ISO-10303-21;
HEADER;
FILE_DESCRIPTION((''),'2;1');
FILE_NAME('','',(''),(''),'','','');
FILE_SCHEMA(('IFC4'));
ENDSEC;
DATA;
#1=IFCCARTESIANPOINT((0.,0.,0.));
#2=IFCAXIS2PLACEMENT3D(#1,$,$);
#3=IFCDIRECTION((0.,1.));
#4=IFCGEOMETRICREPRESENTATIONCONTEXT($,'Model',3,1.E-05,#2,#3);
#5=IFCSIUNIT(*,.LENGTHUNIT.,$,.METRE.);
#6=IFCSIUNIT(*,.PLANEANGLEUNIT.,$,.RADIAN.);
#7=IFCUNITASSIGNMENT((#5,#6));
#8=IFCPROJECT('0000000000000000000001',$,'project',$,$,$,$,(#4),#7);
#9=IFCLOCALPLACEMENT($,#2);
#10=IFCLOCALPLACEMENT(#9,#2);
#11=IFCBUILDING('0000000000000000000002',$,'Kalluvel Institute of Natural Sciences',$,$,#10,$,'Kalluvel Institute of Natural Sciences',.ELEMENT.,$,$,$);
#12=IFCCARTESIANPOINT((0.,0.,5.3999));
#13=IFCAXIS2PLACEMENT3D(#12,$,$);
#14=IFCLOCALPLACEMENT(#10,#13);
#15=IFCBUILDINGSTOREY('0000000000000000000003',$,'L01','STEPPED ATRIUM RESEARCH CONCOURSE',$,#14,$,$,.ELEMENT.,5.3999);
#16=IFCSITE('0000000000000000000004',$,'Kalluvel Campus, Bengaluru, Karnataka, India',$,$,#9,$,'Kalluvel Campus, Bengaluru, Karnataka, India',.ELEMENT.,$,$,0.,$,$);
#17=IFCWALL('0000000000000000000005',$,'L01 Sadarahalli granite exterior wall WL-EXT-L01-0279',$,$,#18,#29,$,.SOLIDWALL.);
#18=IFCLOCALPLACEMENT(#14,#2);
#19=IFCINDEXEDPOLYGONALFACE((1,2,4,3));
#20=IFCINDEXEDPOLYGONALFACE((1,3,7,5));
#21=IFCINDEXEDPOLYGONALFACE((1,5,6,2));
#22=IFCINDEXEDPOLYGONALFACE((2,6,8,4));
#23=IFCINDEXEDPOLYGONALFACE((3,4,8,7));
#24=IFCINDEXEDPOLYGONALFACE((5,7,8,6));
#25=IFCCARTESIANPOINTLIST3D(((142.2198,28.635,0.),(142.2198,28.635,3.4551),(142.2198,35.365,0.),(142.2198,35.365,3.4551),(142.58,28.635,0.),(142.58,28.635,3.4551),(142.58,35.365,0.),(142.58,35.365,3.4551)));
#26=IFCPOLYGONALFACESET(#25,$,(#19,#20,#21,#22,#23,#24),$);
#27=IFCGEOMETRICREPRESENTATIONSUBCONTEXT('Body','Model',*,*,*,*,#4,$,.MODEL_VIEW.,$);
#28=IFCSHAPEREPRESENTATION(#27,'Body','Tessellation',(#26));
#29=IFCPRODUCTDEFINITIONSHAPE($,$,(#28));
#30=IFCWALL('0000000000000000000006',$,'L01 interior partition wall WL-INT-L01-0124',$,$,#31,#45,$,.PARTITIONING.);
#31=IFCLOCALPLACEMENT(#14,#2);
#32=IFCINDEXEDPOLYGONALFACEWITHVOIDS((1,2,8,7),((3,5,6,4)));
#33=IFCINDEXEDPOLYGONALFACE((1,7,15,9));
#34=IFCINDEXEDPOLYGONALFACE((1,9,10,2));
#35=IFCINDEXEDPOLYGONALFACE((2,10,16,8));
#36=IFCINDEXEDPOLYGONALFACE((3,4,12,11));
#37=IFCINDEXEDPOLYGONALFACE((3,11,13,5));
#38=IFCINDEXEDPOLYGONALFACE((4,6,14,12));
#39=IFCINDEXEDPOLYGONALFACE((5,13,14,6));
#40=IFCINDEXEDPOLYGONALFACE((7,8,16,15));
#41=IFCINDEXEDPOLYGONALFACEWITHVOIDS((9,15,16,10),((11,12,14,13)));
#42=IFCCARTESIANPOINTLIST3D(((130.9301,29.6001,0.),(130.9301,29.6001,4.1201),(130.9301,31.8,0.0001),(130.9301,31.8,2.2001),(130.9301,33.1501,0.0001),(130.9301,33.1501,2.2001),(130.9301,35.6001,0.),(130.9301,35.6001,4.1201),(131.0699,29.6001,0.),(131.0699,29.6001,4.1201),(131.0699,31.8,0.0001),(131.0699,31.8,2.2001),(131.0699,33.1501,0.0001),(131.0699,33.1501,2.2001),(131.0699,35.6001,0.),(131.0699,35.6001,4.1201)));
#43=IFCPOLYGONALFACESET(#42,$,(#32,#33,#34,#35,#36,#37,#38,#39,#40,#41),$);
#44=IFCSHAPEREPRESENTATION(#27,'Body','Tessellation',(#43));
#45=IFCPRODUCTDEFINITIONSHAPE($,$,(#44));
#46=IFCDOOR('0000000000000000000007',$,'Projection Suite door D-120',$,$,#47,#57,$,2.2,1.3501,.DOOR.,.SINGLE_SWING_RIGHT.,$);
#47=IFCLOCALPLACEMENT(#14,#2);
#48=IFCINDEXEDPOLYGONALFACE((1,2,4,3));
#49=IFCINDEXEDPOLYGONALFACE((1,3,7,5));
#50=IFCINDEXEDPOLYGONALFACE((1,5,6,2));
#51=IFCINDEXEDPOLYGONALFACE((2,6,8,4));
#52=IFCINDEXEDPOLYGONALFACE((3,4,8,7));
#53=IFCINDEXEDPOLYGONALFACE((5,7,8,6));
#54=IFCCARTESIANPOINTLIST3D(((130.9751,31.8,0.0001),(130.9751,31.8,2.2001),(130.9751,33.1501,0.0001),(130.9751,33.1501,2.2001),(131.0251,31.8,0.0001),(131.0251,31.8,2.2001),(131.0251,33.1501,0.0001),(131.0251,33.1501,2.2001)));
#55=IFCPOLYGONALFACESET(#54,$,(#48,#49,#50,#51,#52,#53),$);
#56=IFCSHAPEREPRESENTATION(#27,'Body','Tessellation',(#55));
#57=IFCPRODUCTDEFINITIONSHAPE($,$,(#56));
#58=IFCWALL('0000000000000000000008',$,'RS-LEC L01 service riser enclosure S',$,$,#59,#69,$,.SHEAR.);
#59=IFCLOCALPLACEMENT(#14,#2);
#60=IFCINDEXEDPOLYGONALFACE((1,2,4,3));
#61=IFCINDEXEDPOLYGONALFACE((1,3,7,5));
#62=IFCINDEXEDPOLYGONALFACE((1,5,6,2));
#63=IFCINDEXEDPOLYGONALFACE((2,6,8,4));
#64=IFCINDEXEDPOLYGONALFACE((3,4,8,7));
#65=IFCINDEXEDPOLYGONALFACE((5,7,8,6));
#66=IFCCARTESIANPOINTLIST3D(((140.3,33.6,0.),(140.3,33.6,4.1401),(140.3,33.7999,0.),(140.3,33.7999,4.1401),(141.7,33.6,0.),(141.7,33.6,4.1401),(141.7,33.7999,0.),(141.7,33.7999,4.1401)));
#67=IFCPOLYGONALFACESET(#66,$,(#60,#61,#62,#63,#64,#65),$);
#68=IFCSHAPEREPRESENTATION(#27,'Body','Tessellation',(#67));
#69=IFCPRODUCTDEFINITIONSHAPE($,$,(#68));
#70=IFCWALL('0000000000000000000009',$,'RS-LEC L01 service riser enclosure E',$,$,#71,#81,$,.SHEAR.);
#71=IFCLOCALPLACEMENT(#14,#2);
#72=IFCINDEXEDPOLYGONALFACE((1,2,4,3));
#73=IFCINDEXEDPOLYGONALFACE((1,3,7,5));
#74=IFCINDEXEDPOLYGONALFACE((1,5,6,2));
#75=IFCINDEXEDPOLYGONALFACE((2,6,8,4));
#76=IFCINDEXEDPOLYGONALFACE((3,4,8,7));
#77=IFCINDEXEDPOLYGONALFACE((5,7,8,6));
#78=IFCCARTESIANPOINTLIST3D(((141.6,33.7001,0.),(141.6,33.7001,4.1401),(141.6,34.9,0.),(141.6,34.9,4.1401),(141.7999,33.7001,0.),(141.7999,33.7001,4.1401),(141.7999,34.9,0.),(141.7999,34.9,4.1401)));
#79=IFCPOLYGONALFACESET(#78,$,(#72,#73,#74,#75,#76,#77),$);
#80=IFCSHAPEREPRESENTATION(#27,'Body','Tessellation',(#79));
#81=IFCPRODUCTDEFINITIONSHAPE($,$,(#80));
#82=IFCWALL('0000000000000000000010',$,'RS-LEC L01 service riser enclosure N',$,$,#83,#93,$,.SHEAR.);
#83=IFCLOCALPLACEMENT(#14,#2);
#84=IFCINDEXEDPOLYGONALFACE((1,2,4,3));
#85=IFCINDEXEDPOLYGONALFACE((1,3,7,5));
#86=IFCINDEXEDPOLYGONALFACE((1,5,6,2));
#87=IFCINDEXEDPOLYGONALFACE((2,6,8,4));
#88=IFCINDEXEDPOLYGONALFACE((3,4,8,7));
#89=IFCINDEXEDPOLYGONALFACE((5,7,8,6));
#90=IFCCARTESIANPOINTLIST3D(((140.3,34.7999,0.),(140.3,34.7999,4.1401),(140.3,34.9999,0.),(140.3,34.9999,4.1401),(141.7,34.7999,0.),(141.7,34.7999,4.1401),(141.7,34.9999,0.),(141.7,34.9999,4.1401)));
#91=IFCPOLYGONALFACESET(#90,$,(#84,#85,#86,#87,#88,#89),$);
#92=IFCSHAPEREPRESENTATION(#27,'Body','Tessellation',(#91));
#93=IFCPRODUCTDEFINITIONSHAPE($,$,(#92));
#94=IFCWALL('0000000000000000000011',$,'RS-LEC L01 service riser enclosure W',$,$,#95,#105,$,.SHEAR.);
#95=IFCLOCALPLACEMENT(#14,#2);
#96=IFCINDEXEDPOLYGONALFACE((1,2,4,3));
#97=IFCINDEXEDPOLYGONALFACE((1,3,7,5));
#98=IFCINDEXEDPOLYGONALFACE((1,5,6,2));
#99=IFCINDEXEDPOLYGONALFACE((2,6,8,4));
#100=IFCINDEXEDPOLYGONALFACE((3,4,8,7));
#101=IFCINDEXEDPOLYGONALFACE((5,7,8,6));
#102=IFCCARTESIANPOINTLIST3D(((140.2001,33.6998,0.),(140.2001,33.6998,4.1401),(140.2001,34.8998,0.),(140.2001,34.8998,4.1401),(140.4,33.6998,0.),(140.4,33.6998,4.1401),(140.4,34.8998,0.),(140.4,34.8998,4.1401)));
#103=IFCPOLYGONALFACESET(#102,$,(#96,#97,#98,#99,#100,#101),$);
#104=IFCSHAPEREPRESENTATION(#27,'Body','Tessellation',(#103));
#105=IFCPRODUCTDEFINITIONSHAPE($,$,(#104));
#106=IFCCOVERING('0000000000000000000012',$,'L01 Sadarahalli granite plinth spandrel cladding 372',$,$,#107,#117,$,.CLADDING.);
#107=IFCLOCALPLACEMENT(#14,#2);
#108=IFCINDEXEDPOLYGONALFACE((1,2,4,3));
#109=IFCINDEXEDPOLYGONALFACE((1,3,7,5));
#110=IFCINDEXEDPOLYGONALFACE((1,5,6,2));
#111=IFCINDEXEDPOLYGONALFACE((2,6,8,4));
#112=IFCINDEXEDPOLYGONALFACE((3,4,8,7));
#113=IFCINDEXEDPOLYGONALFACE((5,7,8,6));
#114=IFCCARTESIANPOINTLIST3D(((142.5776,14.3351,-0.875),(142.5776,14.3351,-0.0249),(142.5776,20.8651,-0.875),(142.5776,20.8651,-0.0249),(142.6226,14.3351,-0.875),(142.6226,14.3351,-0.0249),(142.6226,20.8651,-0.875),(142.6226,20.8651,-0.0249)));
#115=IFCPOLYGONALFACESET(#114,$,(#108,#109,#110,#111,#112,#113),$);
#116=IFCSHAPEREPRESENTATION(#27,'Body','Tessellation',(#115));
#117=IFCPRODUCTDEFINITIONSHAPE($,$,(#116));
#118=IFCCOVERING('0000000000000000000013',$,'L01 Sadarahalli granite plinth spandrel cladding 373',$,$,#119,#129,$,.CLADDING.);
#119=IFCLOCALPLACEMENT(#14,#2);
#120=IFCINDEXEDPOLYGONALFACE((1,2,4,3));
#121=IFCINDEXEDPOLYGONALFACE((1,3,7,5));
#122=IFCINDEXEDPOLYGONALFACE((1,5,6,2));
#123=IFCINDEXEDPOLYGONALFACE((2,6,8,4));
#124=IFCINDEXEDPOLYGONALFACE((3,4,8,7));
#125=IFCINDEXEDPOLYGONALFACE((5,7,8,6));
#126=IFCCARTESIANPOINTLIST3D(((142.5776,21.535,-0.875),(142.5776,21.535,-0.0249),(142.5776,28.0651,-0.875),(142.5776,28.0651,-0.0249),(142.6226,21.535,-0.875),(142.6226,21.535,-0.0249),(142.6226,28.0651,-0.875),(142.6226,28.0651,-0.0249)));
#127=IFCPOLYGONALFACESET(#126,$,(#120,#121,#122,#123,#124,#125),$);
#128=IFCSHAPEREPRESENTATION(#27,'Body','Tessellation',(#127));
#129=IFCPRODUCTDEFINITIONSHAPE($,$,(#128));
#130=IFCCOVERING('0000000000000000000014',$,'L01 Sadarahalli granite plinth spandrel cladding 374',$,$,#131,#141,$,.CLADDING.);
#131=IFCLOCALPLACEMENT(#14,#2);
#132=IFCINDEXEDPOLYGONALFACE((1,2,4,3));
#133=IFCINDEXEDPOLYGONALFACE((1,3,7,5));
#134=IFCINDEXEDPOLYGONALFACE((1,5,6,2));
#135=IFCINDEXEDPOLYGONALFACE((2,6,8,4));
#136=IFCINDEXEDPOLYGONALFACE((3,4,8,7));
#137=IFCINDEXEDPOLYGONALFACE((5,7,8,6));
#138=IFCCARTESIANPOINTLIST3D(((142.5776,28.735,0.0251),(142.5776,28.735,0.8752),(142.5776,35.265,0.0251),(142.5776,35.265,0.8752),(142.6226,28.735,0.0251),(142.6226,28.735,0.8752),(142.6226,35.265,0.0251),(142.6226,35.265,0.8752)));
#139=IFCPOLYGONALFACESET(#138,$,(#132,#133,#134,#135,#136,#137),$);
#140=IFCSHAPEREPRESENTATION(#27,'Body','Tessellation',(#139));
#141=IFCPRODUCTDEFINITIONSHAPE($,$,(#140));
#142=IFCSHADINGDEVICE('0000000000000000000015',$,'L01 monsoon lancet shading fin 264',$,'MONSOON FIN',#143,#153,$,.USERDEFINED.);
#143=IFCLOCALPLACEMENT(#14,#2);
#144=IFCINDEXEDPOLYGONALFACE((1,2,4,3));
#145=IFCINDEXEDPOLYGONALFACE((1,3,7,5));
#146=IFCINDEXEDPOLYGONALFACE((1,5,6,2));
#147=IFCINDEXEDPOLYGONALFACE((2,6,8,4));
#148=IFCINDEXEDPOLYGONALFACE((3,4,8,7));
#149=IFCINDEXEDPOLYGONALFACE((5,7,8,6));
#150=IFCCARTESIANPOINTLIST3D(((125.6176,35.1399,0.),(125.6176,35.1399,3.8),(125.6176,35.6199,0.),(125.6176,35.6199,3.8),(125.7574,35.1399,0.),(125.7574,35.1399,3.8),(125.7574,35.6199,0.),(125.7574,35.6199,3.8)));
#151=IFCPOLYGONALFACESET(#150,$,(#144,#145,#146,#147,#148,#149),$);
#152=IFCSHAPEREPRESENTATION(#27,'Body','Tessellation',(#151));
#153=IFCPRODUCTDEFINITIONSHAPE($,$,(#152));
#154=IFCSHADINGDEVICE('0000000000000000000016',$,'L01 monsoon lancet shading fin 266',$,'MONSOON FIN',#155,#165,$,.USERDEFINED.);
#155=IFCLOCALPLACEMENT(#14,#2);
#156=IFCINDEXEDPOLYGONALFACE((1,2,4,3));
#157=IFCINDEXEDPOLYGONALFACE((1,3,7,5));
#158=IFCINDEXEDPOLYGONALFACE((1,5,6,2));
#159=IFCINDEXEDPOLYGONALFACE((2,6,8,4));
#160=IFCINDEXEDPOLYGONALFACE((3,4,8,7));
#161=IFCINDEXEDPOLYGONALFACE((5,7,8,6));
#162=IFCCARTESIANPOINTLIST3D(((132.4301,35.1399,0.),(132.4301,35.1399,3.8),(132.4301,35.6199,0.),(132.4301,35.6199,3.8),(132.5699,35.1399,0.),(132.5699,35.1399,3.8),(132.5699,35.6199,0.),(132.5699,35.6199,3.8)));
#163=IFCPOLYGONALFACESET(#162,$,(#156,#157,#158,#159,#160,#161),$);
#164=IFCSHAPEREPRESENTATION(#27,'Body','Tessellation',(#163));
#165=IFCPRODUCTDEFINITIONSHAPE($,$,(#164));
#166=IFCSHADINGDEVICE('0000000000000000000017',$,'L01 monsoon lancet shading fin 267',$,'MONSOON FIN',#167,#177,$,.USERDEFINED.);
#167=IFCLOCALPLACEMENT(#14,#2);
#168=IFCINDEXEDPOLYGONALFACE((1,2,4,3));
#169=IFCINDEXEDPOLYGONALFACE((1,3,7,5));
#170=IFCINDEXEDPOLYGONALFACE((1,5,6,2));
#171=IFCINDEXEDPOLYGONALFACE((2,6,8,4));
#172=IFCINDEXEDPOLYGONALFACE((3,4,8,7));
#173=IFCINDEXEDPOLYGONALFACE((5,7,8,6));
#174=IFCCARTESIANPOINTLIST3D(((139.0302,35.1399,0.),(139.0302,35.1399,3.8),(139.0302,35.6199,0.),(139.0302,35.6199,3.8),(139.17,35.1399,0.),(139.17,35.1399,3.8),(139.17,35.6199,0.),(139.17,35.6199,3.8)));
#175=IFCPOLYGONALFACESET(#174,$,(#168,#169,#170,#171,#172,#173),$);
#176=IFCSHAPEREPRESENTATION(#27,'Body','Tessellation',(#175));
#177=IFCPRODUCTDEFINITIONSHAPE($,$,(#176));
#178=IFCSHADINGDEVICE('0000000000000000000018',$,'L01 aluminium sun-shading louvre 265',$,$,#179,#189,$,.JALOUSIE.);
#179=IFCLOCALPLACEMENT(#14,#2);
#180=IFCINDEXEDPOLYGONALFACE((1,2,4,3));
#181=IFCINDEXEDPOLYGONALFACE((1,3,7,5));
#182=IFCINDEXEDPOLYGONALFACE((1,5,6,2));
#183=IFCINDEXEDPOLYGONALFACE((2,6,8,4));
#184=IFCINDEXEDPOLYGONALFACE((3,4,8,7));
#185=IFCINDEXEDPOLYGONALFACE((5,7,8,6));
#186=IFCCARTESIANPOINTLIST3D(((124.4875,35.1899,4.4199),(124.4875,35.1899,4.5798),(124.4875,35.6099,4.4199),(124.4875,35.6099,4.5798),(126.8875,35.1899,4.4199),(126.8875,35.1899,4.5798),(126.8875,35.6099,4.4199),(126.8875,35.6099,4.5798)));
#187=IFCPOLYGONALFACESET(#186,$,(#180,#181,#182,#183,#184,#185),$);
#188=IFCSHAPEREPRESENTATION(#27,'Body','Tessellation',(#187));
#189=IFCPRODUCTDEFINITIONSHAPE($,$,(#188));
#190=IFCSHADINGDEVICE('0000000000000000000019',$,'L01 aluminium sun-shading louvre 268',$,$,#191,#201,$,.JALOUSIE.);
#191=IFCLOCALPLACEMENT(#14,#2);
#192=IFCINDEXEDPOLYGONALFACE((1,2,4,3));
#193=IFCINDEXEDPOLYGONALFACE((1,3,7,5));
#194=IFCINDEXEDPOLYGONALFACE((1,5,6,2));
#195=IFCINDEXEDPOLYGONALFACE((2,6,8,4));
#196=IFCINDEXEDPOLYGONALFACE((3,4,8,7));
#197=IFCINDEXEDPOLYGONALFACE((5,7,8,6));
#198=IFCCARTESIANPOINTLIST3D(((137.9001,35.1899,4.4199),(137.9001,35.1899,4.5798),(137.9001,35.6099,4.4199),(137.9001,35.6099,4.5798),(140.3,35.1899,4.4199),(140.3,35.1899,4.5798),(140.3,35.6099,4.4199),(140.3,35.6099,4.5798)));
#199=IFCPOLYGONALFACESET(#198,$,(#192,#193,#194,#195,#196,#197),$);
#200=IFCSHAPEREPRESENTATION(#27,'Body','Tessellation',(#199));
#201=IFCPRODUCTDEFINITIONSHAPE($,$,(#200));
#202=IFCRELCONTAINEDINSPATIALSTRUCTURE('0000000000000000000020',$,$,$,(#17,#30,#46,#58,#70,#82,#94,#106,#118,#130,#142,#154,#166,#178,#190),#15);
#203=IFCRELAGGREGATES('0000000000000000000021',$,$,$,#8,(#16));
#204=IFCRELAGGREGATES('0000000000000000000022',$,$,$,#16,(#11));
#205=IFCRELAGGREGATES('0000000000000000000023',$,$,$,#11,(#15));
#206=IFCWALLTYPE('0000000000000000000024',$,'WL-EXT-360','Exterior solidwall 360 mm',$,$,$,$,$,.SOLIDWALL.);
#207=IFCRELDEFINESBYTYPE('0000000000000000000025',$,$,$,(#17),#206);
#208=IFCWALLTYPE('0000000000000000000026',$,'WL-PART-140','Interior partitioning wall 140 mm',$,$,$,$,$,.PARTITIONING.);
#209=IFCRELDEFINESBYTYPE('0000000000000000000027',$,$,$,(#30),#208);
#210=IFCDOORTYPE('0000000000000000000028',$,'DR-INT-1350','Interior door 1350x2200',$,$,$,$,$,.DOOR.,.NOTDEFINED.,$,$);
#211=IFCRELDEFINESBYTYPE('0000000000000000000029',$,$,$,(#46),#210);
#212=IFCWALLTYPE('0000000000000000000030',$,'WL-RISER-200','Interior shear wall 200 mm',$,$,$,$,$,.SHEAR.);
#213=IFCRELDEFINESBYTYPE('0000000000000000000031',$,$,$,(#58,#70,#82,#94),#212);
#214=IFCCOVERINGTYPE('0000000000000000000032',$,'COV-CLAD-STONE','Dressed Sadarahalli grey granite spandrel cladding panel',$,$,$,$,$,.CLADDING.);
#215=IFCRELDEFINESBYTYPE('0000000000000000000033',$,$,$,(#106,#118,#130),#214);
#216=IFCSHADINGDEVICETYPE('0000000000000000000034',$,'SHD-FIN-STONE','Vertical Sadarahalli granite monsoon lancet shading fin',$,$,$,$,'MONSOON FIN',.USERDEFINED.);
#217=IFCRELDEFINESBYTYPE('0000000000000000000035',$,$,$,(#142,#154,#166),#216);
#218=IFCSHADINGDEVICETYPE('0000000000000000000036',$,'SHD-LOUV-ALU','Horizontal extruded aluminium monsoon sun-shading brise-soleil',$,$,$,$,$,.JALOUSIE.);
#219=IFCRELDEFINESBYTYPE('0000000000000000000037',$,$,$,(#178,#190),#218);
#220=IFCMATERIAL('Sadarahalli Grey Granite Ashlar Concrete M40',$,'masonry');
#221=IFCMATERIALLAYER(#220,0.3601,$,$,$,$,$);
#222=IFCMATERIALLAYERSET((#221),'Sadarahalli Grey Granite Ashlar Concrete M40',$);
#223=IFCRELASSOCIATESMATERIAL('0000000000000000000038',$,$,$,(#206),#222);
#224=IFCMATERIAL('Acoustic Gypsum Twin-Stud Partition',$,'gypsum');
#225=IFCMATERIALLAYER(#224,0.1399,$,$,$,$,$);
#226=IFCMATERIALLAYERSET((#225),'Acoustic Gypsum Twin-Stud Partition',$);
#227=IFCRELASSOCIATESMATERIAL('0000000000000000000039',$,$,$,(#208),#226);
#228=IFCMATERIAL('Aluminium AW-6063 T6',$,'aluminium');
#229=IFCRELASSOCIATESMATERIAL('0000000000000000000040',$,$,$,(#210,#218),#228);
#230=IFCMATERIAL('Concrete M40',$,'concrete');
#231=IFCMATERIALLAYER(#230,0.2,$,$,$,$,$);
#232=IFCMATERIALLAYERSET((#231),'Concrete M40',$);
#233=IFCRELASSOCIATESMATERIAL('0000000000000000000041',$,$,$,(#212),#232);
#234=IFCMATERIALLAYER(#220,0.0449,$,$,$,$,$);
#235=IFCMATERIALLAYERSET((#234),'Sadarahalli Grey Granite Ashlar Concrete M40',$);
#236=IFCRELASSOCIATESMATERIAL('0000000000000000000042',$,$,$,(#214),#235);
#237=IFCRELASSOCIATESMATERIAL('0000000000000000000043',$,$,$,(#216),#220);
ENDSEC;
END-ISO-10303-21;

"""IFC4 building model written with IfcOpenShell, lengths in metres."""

from ifc_helpers import new_model, si_unit, direction, frame, frame_2d, origin, origin_2d, place, context, subcontext, project, spatial, rectangle, extrude, material, layer, layer_set, type_object, element, fill, save


model = new_model("IFC4")

# Units and contexts
model_context = context("Model", 3, precision=1e-05, world=origin(), true_north=direction((0.0, 1.0)))
body_context = subcontext(model_context, "Body", "Model", "MODEL_VIEW")
ifc_project = project(units=[si_unit("LENGTHUNIT", "METRE"), si_unit("PLANEANGLEUNIT", "RADIAN")], contexts=[model_context])

# Site, building, storey
site_placement = place(None, origin())
site = spatial("IfcSite", under=ifc_project, at=site_placement, Name="Kalluvel Campus, Bengaluru, Karnataka, India", LongName="Kalluvel Campus, Bengaluru, Karnataka, India", CompositionType="ELEMENT", RefElevation=0.0)
building_placement = place(site_placement, origin())
building = spatial("IfcBuilding", under=site, at=building_placement, Name="Kalluvel Institute of Natural Sciences", LongName="Kalluvel Institute of Natural Sciences", CompositionType="ELEMENT")
storey_placement = place(building_placement, frame((0.0, 0.0, 5.3999)))
storey = spatial("IfcBuildingStorey", under=building, at=storey_placement, Name="L01", Description="STEPPED ATRIUM RESEARCH CONCOURSE", CompositionType="ELEMENT", Elevation=5.3999)

# Shared definitions
ifc_material_1 = material(Name="Concrete M40", Category="concrete")

# Shared definitions
ifc_material_2 = material(Name="Aluminium AW-6063 T6", Category="aluminium")

# Wall
ifc_material_3 = material(Name="Sadarahalli Grey Granite Ashlar Concrete M40", Category="masonry")
ifc_layer_1 = layer(ifc_material_3, 0.3601)
ifc_layer_set_1 = layer_set([ifc_layer_1], Name="Sadarahalli Grey Granite Ashlar Concrete M40")
wall_type_1 = type_object("IfcWallType", Name="WL-EXT-360", Description="Exterior solidwall 360 mm", PredefinedType="SOLIDWALL", material=ifc_layer_set_1)
wall_1_placement = place(storey_placement, frame((142.3999, 28.635, 0.0), z_axis=(0.0, 0.0, 1.0), x_axis=(0.0, 1.0, 0.0)))
element("IfcWall", 1, at=wall_1_placement, inside=storey, type_object=wall_type_1, Name="L01 Sadarahalli granite exterior wall WL-EXT-L01-0279", PredefinedType="SOLIDWALL", context=body_context, shape_type="SweptSolid", body=[
    extrude(rectangle(XDim=6.73, YDim=0.3601, at=frame_2d((3.365, 0.0))), origin(), (0.0, 0.0, 1.0), 3.4551),
])

# Wall, opening, door
ifc_material_4 = material(Name="Acoustic Gypsum Twin-Stud Partition", Category="gypsum")
ifc_layer_2 = layer(ifc_material_4, 0.1399)
ifc_layer_set_2 = layer_set([ifc_layer_2], Name="Acoustic Gypsum Twin-Stud Partition")
wall_type_2 = type_object("IfcWallType", Name="WL-PART-140", Description="Interior partitioning wall 140 mm", PredefinedType="PARTITIONING", material=ifc_layer_set_2)
wall_2_placement = place(storey_placement, frame((131.0, 29.6001, 0.0), z_axis=(0.0, 0.0, 1.0), x_axis=(0.0, 1.0, 0.0)))
wall_2 = element("IfcWall", 2, at=wall_2_placement, inside=storey, type_object=wall_type_2, Name="L01 interior partition wall WL-INT-L01-0124", PredefinedType="PARTITIONING", context=body_context, shape_type="SweptSolid", body=[
    extrude(rectangle(XDim=6.0, YDim=0.1399, at=frame_2d((3.0, 0.0))), origin(), (0.0, 0.0, 1.0), 4.1201),
])
opening_placement = place(wall_2_placement, frame((2.2, 0.0, 0.0)))
opening = element("IfcOpeningElement", 3, at=opening_placement, cuts=wall_2, PredefinedType="OPENING", context=body_context, shape_type="SweptSolid", body=[
    extrude(rectangle(XDim=1.3501, YDim=2.2, at=frame_2d((0.675, 1.1001))), frame((0.0, 0.0798, 0.0), z_axis=(0.0, -1.0, 0.0), x_axis=(1.0, 0.0, 0.0)), (0.0, 0.0, 1.0), 0.1599),
])
door_type = type_object("IfcDoorType", Name="DR-INT-1350", Description="Interior door 1350x2200", OperationType="NOTDEFINED", PredefinedType="DOOR", material=ifc_material_2)
door_placement = place(opening_placement, origin())
door = element("IfcDoor", 4, at=door_placement, inside=storey, type_object=door_type, Name="Projection Suite door D-120", OperationType="SINGLE_SWING_RIGHT", OverallHeight=2.2, OverallWidth=1.3501, PredefinedType="DOOR", context=body_context, shape_type="SweptSolid", body=[
    extrude(rectangle(XDim=1.3501, YDim=2.2, at=frame_2d((0.675, 1.1001))), frame((0.0, 0.0249, 0.0), z_axis=(0.0, -1.0, 0.0), x_axis=(1.0, 0.0, 0.0)), (0.0, 0.0, 1.0), 0.05),
])
fill(opening, door)

# Walls
ifc_layer_3 = layer(ifc_material_1, 0.2)
ifc_layer_set_3 = layer_set([ifc_layer_3], Name="Concrete M40")
wall_type_3 = type_object("IfcWallType", Name="WL-RISER-200", Description="Interior shear wall 200 mm", PredefinedType="SHEAR", material=ifc_layer_set_3)
wall_3_placement = place(storey_placement, frame((140.3, 33.7, 0.0), z_axis=(0.0, 0.0, 1.0), x_axis=(1.0, 0.0, 0.0)))
element("IfcWall", 5, at=wall_3_placement, inside=storey, type_object=wall_type_3, Name="RS-LEC L01 service riser enclosure S", PredefinedType="SHEAR", context=body_context, shape_type="SweptSolid", body=[
    extrude(rectangle(XDim=1.3999, YDim=0.2, at=frame_2d((0.7, 0.0))), origin(), (0.0, 0.0, 1.0), 4.1401),
])
wall_4_placement = place(storey_placement, frame((141.7, 33.7, 0.0), z_axis=(0.0, 0.0, 1.0), x_axis=(0.0, 1.0, 0.0)))
element("IfcWall", 6, at=wall_4_placement, inside=storey, type_object=wall_type_3, Name="RS-LEC L01 service riser enclosure E", PredefinedType="SHEAR", context=body_context, shape_type="SweptSolid", body=[
    extrude(rectangle(XDim=1.2, YDim=0.2, at=frame_2d((0.6001, 0.0))), origin(), (0.0, 0.0, 1.0), 4.1401),
])
wall_5_placement = place(storey_placement, frame((141.7, 34.8999, 0.0), z_axis=(0.0, 0.0, 1.0), x_axis=(-1.0, 0.0, 0.0)))
element("IfcWall", 7, at=wall_5_placement, inside=storey, type_object=wall_type_3, Name="RS-LEC L01 service riser enclosure N", PredefinedType="SHEAR", context=body_context, shape_type="SweptSolid", body=[
    extrude(rectangle(XDim=1.3999, YDim=0.2, at=frame_2d((0.7, 0.0))), origin(), (0.0, 0.0, 1.0), 4.1401),
])
wall_6_placement = place(storey_placement, frame((140.3, 34.8999, 0.0), z_axis=(0.0, 0.0, 1.0), x_axis=(0.0, -1.0, 0.0)))
element("IfcWall", 8, at=wall_6_placement, inside=storey, type_object=wall_type_3, Name="RS-LEC L01 service riser enclosure W", PredefinedType="SHEAR", context=body_context, shape_type="SweptSolid", body=[
    extrude(rectangle(XDim=1.2, YDim=0.2, at=frame_2d((0.6001, 0.0))), origin(), (0.0, 0.0, 1.0), 4.1401),
])

# Coverings
ifc_layer_4 = layer(ifc_material_3, 0.0449)
ifc_layer_set_4 = layer_set([ifc_layer_4], Name="Sadarahalli Grey Granite Ashlar Concrete M40")
covering_type = type_object("IfcCoveringType", Name="COV-CLAD-STONE", Description="Dressed Sadarahalli grey granite spandrel cladding panel", PredefinedType="CLADDING", material=ifc_layer_set_4)
for number, where, z_axis, x_axis, name in (
    (9, (142.6001, 17.6001, -0.875), (0.0, 0.0, 1.0), (0.0, 1.0, 0.0), "L01 Sadarahalli granite plinth spandrel cladding 372"),
    (10, (142.6001, 24.8, -0.875), (0.0, 0.0, 1.0), (0.0, 1.0, 0.0), "L01 Sadarahalli granite plinth spandrel cladding 373"),
    (11, (142.6001, 32.0, 0.0251), (0.0, 0.0, 1.0), (0.0, 1.0, 0.0), "L01 Sadarahalli granite plinth spandrel cladding 374"),
):
    element("IfcCovering", number, at=place(storey_placement, frame(where, z_axis=z_axis, x_axis=x_axis)), inside=storey, type_object=covering_type, Name=name, PredefinedType="CLADDING", context=body_context, shape_type="SweptSolid", body=[
        extrude(rectangle(XDim=6.53, YDim=0.0449, at=origin_2d()), origin(), (0.0, 0.0, 1.0), 0.8501),
    ])

# Shading devices
shading_device_type_1 = type_object("IfcShadingDeviceType", Name="SHD-FIN-STONE", Description="Vertical Sadarahalli granite monsoon lancet shading fin", ElementType="MONSOON FIN", PredefinedType="USERDEFINED", material=ifc_material_3)
for number, where, z_axis, x_axis, name in (
    (12, (125.6875, 35.3799, 0.0), (0.0, 0.0, 1.0), (1.0, 0.0, 0.0), "L01 monsoon lancet shading fin 264"),
    (13, (132.5, 35.3799, 0.0), (0.0, 0.0, 1.0), (1.0, 0.0, 0.0), "L01 monsoon lancet shading fin 266"),
    (14, (139.1001, 35.3799, 0.0), (0.0, 0.0, 1.0), (1.0, 0.0, 0.0), "L01 monsoon lancet shading fin 267"),
):
    element("IfcShadingDevice", number, at=place(storey_placement, frame(where, z_axis=z_axis, x_axis=x_axis)), inside=storey, type_object=shading_device_type_1, Name=name, ObjectType="MONSOON FIN", PredefinedType="USERDEFINED", context=body_context, shape_type="SweptSolid", body=[
        extrude(rectangle(XDim=0.1399, YDim=0.48, at=origin_2d()), origin(), (0.0, 0.0, 1.0), 3.8),
    ])
shading_device_type_2 = type_object("IfcShadingDeviceType", Name="SHD-LOUV-ALU", Description="Horizontal extruded aluminium monsoon sun-shading brise-soleil", PredefinedType="JALOUSIE", material=ifc_material_2)
for number, where, z_axis, x_axis, name in (
    (15, (125.6875, 35.3999, 4.4199), (0.0, 0.0, 1.0), (1.0, 0.0, 0.0), "L01 aluminium sun-shading louvre 265"),
    (16, (139.1001, 35.3999, 4.4199), (0.0, 0.0, 1.0), (1.0, 0.0, 0.0), "L01 aluminium sun-shading louvre 268"),
):
    element("IfcShadingDevice", number, at=place(storey_placement, frame(where, z_axis=z_axis, x_axis=x_axis)), inside=storey, type_object=shading_device_type_2, Name=name, PredefinedType="JALOUSIE", context=body_context, shape_type="SweptSolid", body=[
        extrude(rectangle(XDim=2.3999, YDim=0.4199, at=origin_2d()), origin(), (0.0, 0.0, 1.0), 0.1599),
    ])

save(model, "model.ifc")
